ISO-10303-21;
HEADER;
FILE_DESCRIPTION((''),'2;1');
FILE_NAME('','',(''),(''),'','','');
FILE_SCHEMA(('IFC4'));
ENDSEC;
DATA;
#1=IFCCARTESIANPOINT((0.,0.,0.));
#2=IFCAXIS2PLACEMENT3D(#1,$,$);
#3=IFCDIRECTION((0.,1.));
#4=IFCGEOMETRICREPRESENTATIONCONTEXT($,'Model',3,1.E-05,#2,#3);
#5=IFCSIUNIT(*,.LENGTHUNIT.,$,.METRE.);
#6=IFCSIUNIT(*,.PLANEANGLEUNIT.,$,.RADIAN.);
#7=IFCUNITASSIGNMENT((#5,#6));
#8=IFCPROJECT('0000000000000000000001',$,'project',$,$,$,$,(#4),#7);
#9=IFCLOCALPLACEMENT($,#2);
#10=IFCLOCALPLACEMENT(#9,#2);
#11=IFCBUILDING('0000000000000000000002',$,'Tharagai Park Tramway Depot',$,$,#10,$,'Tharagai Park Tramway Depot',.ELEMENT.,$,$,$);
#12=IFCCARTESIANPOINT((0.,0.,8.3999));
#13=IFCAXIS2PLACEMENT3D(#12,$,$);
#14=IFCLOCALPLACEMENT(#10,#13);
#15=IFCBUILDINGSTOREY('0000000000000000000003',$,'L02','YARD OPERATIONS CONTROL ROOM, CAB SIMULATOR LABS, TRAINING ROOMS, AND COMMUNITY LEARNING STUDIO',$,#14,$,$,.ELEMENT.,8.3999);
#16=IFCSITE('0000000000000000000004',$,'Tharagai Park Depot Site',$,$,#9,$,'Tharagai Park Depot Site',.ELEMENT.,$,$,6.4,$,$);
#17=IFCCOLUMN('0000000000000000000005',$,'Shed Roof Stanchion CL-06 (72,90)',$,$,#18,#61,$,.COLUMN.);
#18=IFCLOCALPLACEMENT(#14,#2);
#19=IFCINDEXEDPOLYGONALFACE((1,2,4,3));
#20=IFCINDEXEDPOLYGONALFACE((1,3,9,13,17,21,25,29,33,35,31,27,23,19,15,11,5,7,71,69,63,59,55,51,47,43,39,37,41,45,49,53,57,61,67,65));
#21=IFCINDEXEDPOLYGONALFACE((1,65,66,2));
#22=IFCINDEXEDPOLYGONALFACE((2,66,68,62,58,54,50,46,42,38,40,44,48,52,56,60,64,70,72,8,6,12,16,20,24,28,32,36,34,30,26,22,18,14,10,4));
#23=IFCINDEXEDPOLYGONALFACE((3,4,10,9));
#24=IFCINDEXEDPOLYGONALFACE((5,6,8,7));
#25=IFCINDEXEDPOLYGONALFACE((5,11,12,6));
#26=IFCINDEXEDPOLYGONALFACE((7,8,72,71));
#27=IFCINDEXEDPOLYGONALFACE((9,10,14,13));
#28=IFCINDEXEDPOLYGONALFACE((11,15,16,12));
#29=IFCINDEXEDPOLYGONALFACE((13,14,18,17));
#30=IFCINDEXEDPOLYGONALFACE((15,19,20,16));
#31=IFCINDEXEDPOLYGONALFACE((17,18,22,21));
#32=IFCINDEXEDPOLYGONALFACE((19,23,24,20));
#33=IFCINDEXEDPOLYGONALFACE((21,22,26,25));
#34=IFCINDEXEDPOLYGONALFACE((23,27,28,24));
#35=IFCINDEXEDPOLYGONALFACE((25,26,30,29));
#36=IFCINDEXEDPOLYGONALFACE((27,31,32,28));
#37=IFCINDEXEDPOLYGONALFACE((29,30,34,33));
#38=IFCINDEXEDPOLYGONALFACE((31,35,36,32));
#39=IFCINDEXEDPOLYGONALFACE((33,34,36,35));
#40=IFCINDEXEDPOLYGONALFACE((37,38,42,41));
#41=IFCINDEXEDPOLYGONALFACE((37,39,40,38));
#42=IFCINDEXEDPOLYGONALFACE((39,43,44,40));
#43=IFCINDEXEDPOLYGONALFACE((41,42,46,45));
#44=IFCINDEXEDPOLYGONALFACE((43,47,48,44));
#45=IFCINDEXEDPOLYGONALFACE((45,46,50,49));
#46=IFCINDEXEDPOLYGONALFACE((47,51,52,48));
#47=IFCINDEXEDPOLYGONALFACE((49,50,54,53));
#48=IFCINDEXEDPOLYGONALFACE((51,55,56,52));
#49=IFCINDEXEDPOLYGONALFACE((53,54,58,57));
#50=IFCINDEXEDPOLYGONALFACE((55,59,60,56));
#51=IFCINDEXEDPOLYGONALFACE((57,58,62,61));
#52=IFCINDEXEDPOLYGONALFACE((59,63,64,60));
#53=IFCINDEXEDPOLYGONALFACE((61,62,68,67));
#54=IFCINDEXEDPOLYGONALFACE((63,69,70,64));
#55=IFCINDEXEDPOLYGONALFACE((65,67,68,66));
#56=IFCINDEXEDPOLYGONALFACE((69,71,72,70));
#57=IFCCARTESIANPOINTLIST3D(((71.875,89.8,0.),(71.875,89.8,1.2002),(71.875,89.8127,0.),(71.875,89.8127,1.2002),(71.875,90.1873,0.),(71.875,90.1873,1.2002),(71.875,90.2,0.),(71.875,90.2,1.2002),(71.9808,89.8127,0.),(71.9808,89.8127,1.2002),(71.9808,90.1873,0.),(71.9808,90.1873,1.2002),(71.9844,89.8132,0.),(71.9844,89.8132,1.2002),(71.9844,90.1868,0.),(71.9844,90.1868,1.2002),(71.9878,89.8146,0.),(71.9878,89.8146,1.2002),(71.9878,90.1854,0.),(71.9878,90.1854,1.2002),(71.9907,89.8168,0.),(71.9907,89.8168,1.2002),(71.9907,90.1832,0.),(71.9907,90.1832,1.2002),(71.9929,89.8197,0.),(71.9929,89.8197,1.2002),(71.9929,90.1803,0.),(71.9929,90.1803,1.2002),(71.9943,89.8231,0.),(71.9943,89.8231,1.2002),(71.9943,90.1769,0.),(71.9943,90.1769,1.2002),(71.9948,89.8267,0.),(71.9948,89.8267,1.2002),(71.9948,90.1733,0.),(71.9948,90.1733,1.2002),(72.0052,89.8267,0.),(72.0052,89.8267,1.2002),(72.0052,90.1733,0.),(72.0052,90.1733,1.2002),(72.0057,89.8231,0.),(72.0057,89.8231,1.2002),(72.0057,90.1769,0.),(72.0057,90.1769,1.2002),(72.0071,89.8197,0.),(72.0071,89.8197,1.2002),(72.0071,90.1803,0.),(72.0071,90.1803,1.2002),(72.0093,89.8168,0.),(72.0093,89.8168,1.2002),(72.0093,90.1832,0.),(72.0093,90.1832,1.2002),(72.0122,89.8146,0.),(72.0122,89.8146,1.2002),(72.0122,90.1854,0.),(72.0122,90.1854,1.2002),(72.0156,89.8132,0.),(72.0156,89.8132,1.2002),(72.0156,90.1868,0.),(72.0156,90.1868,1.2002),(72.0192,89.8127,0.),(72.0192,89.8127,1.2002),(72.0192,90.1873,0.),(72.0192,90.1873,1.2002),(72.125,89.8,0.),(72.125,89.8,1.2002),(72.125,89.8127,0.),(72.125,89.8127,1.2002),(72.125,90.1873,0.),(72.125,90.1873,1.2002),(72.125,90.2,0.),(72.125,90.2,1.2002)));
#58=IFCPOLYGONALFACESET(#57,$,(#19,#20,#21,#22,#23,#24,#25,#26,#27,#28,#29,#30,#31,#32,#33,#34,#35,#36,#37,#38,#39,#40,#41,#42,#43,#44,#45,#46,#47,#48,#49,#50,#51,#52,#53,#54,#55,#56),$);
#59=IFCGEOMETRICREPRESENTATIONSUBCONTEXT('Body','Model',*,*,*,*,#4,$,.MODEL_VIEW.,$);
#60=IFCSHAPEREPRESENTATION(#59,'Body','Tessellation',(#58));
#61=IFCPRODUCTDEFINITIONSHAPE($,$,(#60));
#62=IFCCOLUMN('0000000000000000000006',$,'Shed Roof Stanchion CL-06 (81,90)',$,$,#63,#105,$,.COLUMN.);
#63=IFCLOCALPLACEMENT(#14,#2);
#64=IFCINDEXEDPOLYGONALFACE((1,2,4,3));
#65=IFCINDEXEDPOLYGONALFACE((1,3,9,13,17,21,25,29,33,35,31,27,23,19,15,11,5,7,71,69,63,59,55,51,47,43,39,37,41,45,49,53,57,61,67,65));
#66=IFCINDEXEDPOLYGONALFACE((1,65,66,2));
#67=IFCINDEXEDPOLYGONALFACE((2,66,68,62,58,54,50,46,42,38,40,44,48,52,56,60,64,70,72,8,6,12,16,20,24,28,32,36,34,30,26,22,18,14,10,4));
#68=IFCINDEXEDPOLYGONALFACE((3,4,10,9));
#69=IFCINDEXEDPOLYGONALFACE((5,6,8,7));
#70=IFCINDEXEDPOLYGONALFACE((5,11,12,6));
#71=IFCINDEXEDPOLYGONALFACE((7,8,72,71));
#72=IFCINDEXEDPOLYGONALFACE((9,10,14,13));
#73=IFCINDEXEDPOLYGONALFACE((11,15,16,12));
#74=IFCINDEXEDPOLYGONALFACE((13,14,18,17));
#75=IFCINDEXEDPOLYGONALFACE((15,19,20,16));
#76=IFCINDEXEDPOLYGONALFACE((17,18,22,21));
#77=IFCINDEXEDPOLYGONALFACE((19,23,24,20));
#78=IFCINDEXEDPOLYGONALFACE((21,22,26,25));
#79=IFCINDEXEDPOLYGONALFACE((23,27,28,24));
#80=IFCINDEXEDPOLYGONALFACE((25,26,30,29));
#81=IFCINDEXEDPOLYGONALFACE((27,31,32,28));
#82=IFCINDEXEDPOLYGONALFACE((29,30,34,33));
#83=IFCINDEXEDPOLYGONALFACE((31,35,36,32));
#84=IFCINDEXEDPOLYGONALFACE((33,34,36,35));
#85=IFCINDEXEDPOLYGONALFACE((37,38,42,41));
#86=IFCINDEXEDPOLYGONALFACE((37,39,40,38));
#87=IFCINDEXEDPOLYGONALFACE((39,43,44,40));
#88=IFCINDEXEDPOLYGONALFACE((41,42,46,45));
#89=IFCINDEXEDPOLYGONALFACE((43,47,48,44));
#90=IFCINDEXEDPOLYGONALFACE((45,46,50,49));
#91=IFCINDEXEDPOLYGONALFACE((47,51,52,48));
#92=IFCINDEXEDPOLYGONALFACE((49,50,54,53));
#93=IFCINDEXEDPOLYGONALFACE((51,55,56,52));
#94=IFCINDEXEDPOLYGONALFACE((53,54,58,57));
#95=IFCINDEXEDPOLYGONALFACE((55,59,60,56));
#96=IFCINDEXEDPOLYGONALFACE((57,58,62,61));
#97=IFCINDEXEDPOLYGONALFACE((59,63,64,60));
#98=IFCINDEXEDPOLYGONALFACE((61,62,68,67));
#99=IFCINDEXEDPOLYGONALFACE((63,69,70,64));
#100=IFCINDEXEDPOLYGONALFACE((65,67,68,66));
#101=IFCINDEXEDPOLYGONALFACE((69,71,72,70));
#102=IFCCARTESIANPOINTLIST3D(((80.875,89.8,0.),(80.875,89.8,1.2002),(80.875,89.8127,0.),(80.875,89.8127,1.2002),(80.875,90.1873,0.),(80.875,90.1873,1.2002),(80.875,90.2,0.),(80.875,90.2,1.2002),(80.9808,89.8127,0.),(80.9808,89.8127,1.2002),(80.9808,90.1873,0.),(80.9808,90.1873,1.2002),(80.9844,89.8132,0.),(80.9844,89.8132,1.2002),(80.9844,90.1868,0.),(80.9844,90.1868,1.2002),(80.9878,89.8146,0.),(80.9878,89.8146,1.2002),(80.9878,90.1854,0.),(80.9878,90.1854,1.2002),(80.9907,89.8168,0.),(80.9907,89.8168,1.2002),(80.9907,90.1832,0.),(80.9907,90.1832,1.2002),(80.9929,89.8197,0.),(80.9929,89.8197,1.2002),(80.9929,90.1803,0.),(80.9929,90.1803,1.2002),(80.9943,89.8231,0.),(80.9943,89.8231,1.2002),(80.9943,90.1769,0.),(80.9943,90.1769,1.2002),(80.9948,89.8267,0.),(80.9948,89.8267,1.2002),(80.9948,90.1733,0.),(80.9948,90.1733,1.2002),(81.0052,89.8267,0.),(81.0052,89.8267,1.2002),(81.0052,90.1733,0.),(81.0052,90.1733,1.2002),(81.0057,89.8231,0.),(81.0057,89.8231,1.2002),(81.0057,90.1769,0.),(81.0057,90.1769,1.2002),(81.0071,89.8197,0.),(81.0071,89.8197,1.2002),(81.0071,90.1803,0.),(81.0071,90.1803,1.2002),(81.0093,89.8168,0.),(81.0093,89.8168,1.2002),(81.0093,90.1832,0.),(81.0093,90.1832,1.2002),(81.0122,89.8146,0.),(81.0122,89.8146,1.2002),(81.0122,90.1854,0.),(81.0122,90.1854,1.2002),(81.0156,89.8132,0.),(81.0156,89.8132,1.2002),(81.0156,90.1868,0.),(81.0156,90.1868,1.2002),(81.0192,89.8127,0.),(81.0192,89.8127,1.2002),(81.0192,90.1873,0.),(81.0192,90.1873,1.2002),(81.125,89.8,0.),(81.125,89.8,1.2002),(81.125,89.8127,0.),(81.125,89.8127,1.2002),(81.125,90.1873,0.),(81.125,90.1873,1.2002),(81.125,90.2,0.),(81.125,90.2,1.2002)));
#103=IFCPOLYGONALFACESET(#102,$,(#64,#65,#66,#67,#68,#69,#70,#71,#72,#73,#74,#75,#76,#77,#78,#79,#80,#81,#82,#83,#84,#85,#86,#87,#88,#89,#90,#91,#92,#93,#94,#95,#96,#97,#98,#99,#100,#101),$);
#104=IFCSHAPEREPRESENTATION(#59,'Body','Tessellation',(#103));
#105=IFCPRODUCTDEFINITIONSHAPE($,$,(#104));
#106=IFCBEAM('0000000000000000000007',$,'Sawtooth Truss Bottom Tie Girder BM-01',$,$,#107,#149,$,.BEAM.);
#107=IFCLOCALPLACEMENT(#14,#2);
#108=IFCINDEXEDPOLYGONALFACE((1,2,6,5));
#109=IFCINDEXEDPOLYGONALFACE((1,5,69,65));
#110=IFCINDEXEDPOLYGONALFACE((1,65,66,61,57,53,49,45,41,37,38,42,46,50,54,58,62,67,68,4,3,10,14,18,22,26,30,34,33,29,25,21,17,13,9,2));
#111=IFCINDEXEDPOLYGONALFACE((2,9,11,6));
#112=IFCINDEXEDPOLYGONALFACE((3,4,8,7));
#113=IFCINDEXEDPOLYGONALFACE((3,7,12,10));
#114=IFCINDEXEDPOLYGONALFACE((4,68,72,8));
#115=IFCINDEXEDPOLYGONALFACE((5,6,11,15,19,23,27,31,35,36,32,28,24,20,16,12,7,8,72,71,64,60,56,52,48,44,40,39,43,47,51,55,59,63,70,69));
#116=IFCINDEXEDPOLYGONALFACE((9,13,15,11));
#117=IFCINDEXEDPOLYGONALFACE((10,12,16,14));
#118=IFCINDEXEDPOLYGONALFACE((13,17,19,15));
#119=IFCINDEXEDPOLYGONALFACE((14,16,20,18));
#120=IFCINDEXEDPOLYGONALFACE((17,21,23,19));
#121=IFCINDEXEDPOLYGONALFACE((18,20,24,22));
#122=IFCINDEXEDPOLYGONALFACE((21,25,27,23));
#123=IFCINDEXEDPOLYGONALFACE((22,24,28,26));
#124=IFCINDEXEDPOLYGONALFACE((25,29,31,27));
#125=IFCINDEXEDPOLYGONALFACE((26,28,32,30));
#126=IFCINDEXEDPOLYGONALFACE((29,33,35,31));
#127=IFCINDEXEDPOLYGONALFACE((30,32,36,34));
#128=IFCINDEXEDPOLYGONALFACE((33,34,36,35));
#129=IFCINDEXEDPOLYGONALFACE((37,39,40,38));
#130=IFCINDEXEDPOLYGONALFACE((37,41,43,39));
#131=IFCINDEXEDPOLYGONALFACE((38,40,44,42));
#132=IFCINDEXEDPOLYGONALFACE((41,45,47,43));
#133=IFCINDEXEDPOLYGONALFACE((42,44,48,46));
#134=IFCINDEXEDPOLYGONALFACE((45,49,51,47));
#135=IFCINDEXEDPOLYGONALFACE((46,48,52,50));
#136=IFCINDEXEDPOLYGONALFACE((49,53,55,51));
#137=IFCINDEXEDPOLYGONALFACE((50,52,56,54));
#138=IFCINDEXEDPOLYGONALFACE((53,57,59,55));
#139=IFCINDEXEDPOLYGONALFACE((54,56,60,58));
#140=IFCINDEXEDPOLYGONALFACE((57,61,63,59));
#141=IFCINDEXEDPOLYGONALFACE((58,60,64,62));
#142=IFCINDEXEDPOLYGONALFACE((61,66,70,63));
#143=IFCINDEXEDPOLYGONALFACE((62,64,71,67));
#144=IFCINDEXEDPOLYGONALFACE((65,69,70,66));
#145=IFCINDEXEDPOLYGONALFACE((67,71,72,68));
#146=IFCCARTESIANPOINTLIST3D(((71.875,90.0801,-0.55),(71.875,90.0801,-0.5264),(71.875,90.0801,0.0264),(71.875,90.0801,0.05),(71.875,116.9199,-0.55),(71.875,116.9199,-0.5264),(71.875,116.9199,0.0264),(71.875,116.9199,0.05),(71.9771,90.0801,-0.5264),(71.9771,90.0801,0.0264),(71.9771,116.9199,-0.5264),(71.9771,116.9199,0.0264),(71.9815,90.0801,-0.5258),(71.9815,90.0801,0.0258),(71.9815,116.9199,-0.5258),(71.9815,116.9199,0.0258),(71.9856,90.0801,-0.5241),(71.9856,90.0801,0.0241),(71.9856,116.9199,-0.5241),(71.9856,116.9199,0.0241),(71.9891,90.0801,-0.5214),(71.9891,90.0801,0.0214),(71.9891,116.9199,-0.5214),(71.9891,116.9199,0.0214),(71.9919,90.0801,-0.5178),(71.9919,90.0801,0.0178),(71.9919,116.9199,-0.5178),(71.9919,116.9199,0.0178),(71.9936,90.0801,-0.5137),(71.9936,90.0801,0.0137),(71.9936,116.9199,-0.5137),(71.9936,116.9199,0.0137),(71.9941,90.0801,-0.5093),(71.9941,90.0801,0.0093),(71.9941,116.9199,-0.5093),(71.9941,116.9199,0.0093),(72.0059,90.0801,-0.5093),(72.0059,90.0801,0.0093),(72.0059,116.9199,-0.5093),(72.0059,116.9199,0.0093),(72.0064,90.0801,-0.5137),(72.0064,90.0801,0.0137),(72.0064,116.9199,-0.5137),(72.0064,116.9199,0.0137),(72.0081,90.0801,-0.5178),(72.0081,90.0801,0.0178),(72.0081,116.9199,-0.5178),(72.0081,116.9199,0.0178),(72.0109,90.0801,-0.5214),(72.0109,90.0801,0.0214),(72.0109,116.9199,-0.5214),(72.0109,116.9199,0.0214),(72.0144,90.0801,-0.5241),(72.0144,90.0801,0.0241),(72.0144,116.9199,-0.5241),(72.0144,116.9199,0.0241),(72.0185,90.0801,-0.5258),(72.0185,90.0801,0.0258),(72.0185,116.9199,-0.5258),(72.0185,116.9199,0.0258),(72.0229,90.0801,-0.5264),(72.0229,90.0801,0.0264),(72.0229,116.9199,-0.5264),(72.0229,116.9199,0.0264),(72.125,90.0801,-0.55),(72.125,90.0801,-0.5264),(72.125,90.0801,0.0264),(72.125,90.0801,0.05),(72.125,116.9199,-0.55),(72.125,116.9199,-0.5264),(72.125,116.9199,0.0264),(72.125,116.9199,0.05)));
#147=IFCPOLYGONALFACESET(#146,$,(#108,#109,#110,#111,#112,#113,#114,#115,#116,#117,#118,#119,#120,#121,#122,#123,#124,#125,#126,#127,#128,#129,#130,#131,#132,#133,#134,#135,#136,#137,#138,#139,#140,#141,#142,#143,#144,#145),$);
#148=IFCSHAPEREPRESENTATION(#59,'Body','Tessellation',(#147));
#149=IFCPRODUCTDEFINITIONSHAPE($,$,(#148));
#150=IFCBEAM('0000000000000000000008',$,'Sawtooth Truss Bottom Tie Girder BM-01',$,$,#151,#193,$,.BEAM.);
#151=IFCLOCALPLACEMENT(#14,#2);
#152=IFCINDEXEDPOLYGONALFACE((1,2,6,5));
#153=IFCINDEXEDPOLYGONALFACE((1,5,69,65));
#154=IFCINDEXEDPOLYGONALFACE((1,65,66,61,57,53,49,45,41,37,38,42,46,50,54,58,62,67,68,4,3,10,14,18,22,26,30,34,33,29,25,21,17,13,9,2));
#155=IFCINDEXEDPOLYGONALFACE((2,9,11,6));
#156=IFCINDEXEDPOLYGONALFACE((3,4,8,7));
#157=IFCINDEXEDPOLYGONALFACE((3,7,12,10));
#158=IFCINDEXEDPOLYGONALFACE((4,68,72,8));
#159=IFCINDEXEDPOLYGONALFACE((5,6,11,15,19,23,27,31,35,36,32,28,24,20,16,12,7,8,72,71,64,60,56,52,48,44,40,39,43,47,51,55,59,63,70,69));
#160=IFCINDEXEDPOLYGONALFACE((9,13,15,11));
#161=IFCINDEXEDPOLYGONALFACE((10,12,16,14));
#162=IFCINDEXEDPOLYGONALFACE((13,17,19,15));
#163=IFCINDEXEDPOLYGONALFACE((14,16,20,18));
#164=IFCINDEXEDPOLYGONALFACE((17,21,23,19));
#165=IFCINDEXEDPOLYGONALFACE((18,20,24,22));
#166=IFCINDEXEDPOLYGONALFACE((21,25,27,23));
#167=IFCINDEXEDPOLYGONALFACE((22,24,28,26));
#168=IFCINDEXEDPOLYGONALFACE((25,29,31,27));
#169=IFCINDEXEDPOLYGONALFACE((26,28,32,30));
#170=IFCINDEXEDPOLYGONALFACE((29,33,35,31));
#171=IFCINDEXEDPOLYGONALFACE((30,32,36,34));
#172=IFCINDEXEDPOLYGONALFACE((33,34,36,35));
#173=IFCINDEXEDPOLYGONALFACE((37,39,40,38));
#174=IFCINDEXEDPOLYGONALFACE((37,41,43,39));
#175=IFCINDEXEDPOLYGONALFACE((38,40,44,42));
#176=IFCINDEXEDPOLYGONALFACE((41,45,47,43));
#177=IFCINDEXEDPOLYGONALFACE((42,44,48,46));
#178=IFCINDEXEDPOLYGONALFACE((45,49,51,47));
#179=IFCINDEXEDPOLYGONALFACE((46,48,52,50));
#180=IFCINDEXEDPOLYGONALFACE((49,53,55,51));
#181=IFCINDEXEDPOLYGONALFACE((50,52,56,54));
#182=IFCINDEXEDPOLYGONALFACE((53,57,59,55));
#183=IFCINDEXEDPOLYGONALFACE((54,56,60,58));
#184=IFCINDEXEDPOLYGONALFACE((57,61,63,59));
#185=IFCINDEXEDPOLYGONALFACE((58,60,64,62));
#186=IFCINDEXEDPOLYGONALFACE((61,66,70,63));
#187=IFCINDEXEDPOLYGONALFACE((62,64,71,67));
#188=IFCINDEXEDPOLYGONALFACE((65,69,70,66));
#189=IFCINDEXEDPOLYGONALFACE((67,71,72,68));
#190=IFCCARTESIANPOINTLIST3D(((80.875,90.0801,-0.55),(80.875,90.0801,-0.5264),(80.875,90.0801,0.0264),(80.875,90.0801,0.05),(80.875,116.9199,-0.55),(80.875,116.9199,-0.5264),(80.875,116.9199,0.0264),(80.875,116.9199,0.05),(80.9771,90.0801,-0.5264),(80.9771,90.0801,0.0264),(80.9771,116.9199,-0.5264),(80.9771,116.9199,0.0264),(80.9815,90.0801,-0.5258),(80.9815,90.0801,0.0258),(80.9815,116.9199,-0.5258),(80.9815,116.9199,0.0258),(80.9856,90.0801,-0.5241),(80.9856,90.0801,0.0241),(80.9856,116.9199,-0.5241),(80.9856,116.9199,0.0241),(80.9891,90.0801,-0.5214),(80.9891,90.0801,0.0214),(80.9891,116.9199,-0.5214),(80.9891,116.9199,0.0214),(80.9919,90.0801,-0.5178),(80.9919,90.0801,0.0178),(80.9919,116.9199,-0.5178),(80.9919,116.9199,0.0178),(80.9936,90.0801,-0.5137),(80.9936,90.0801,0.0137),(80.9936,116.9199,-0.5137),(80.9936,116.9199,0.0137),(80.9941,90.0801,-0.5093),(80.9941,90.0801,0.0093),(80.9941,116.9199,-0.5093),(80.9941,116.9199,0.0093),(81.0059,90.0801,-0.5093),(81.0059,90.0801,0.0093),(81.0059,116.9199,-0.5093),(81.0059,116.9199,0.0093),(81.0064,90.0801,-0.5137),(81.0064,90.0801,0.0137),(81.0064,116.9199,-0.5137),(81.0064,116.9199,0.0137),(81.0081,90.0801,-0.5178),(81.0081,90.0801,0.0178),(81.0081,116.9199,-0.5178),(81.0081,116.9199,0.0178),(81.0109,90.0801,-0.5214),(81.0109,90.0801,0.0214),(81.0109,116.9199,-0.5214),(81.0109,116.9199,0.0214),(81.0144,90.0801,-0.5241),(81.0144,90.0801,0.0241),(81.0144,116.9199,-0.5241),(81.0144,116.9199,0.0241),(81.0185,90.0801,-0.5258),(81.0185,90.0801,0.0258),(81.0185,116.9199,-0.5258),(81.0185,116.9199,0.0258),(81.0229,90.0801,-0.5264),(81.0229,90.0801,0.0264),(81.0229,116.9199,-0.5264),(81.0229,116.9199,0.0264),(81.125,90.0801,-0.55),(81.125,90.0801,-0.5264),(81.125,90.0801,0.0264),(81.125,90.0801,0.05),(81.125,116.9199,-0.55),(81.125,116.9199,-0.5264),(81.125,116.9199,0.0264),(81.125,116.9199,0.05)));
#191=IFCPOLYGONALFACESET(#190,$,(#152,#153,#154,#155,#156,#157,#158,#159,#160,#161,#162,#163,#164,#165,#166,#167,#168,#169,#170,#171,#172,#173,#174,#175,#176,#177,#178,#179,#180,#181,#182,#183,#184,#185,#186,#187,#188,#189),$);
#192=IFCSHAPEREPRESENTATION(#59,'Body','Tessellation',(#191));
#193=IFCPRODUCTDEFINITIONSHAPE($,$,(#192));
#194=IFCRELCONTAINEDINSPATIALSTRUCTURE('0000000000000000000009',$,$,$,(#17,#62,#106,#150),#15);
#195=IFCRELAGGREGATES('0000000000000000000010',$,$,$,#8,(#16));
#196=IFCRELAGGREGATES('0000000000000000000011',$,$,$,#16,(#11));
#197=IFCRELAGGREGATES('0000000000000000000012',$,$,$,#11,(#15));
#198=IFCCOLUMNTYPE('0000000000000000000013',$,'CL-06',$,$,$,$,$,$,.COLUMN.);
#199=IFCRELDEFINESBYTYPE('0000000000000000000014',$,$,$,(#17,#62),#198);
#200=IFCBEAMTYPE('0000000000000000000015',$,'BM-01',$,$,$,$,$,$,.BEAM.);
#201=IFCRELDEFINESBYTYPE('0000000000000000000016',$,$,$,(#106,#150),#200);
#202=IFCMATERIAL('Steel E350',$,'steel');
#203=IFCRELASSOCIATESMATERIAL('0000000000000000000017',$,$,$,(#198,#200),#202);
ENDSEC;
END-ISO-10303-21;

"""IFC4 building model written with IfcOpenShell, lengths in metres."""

from ifc_helpers import new_model, si_unit, direction, frame, origin, origin_2d, place, context, subcontext, project, spatial, i_section, extrude, material, material_profile, profile_set, type_object, element, save


model = new_model("IFC4")

# Units and contexts
model_context = context("Model", 3, precision=1e-05, world=origin(), true_north=direction((0.0, 1.0)))
body_context = subcontext(model_context, "Body", "Model", "MODEL_VIEW")
ifc_project = project(units=[si_unit("LENGTHUNIT", "METRE"), si_unit("PLANEANGLEUNIT", "RADIAN")], contexts=[model_context])

# Site, building, storey
site_placement = place(None, origin())
site = spatial("IfcSite", under=ifc_project, at=site_placement, Name="Tharagai Park Depot Site", LongName="Tharagai Park Depot Site", CompositionType="ELEMENT", RefElevation=6.4)
building_placement = place(site_placement, origin())
building = spatial("IfcBuilding", under=site, at=building_placement, Name="Tharagai Park Tramway Depot", LongName="Tharagai Park Tramway Depot", CompositionType="ELEMENT")
storey_placement = place(building_placement, frame((0.0, 0.0, 8.3999)))
storey = spatial("IfcBuildingStorey", under=building, at=storey_placement, Name="L02", Description="YARD OPERATIONS CONTROL ROOM, CAB SIMULATOR LABS, TRAINING ROOMS, AND COMMUNITY LEARNING STUDIO", CompositionType="ELEMENT", Elevation=8.3999)

# Columns
ifc_material_1 = material(Name="Steel E350", Category="steel")
ifc_material_profile_1 = material_profile(ifc_material_1, i_section(OverallWidth=0.25, OverallDepth=0.3999, WebThickness=0.0105, FlangeThickness=0.0127, FilletRadius=0.0139, at=origin_2d()), Name="ISHB 400")
ifc_profile_set_1 = profile_set([ifc_material_profile_1], Name="Steel E350")
column_type = type_object("IfcColumnType", Name="CL-06", PredefinedType="COLUMN", material=ifc_profile_set_1)
for number, where, z_axis, x_axis, name in (
    (1, (72.0, 90.0, 0.0), (0.0, 0.0, 1.0), (1.0, 0.0, 0.0), "Shed Roof Stanchion CL-06 (72,90)"),
    (2, (81.0, 90.0, 0.0), (0.0, 0.0, 1.0), (1.0, 0.0, 0.0), "Shed Roof Stanchion CL-06 (81,90)"),
):
    element("IfcColumn", number, at=place(storey_placement, frame(where, z_axis=z_axis, x_axis=x_axis)), inside=storey, type_object=column_type, Name=name, PredefinedType="COLUMN", context=body_context, shape_type="SweptSolid", body=[
        extrude(i_section(OverallWidth=0.25, OverallDepth=0.3999, WebThickness=0.0105, FlangeThickness=0.0127, FilletRadius=0.0139, at=origin_2d()), origin(), (0.0, 0.0, 1.0), 1.2002),
    ])

# Beams
ifc_material_profile_2 = material_profile(ifc_material_1, i_section(OverallWidth=0.25, OverallDepth=0.6001, WebThickness=0.0117, FlangeThickness=0.0237, FilletRadius=0.0171, at=origin_2d()), Name="ISWB 600")
ifc_profile_set_2 = profile_set([ifc_material_profile_2], Name="Steel E350")
beam_type_1 = type_object("IfcBeamType", Name="BM-01", PredefinedType="BEAM", material=ifc_profile_set_2)
for number, where, z_axis, x_axis, name in (
    (3, (72.0, 90.0801, -0.25), (0.0, 1.0, 0.0), (-1.0, 0.0, 0.0), "Sawtooth Truss Bottom Tie Girder BM-01"),
    (4, (81.0, 90.0801, -0.25), (0.0, 1.0, 0.0), (-1.0, 0.0, 0.0), "Sawtooth Truss Bottom Tie Girder BM-01"),
):
    element("IfcBeam", number, at=place(storey_placement, frame(where, z_axis=z_axis, x_axis=x_axis)), inside=storey, type_object=beam_type_1, Name=name, PredefinedType="BEAM", context=body_context, shape_type="SweptSolid", body=[
        extrude(i_section(OverallWidth=0.25, OverallDepth=0.6001, WebThickness=0.0117, FlangeThickness=0.0237, FilletRadius=0.0171, at=origin_2d()), origin(), (0.0, 0.0, 1.0), 26.8398),
    ])

save(model, "model.ifc")
